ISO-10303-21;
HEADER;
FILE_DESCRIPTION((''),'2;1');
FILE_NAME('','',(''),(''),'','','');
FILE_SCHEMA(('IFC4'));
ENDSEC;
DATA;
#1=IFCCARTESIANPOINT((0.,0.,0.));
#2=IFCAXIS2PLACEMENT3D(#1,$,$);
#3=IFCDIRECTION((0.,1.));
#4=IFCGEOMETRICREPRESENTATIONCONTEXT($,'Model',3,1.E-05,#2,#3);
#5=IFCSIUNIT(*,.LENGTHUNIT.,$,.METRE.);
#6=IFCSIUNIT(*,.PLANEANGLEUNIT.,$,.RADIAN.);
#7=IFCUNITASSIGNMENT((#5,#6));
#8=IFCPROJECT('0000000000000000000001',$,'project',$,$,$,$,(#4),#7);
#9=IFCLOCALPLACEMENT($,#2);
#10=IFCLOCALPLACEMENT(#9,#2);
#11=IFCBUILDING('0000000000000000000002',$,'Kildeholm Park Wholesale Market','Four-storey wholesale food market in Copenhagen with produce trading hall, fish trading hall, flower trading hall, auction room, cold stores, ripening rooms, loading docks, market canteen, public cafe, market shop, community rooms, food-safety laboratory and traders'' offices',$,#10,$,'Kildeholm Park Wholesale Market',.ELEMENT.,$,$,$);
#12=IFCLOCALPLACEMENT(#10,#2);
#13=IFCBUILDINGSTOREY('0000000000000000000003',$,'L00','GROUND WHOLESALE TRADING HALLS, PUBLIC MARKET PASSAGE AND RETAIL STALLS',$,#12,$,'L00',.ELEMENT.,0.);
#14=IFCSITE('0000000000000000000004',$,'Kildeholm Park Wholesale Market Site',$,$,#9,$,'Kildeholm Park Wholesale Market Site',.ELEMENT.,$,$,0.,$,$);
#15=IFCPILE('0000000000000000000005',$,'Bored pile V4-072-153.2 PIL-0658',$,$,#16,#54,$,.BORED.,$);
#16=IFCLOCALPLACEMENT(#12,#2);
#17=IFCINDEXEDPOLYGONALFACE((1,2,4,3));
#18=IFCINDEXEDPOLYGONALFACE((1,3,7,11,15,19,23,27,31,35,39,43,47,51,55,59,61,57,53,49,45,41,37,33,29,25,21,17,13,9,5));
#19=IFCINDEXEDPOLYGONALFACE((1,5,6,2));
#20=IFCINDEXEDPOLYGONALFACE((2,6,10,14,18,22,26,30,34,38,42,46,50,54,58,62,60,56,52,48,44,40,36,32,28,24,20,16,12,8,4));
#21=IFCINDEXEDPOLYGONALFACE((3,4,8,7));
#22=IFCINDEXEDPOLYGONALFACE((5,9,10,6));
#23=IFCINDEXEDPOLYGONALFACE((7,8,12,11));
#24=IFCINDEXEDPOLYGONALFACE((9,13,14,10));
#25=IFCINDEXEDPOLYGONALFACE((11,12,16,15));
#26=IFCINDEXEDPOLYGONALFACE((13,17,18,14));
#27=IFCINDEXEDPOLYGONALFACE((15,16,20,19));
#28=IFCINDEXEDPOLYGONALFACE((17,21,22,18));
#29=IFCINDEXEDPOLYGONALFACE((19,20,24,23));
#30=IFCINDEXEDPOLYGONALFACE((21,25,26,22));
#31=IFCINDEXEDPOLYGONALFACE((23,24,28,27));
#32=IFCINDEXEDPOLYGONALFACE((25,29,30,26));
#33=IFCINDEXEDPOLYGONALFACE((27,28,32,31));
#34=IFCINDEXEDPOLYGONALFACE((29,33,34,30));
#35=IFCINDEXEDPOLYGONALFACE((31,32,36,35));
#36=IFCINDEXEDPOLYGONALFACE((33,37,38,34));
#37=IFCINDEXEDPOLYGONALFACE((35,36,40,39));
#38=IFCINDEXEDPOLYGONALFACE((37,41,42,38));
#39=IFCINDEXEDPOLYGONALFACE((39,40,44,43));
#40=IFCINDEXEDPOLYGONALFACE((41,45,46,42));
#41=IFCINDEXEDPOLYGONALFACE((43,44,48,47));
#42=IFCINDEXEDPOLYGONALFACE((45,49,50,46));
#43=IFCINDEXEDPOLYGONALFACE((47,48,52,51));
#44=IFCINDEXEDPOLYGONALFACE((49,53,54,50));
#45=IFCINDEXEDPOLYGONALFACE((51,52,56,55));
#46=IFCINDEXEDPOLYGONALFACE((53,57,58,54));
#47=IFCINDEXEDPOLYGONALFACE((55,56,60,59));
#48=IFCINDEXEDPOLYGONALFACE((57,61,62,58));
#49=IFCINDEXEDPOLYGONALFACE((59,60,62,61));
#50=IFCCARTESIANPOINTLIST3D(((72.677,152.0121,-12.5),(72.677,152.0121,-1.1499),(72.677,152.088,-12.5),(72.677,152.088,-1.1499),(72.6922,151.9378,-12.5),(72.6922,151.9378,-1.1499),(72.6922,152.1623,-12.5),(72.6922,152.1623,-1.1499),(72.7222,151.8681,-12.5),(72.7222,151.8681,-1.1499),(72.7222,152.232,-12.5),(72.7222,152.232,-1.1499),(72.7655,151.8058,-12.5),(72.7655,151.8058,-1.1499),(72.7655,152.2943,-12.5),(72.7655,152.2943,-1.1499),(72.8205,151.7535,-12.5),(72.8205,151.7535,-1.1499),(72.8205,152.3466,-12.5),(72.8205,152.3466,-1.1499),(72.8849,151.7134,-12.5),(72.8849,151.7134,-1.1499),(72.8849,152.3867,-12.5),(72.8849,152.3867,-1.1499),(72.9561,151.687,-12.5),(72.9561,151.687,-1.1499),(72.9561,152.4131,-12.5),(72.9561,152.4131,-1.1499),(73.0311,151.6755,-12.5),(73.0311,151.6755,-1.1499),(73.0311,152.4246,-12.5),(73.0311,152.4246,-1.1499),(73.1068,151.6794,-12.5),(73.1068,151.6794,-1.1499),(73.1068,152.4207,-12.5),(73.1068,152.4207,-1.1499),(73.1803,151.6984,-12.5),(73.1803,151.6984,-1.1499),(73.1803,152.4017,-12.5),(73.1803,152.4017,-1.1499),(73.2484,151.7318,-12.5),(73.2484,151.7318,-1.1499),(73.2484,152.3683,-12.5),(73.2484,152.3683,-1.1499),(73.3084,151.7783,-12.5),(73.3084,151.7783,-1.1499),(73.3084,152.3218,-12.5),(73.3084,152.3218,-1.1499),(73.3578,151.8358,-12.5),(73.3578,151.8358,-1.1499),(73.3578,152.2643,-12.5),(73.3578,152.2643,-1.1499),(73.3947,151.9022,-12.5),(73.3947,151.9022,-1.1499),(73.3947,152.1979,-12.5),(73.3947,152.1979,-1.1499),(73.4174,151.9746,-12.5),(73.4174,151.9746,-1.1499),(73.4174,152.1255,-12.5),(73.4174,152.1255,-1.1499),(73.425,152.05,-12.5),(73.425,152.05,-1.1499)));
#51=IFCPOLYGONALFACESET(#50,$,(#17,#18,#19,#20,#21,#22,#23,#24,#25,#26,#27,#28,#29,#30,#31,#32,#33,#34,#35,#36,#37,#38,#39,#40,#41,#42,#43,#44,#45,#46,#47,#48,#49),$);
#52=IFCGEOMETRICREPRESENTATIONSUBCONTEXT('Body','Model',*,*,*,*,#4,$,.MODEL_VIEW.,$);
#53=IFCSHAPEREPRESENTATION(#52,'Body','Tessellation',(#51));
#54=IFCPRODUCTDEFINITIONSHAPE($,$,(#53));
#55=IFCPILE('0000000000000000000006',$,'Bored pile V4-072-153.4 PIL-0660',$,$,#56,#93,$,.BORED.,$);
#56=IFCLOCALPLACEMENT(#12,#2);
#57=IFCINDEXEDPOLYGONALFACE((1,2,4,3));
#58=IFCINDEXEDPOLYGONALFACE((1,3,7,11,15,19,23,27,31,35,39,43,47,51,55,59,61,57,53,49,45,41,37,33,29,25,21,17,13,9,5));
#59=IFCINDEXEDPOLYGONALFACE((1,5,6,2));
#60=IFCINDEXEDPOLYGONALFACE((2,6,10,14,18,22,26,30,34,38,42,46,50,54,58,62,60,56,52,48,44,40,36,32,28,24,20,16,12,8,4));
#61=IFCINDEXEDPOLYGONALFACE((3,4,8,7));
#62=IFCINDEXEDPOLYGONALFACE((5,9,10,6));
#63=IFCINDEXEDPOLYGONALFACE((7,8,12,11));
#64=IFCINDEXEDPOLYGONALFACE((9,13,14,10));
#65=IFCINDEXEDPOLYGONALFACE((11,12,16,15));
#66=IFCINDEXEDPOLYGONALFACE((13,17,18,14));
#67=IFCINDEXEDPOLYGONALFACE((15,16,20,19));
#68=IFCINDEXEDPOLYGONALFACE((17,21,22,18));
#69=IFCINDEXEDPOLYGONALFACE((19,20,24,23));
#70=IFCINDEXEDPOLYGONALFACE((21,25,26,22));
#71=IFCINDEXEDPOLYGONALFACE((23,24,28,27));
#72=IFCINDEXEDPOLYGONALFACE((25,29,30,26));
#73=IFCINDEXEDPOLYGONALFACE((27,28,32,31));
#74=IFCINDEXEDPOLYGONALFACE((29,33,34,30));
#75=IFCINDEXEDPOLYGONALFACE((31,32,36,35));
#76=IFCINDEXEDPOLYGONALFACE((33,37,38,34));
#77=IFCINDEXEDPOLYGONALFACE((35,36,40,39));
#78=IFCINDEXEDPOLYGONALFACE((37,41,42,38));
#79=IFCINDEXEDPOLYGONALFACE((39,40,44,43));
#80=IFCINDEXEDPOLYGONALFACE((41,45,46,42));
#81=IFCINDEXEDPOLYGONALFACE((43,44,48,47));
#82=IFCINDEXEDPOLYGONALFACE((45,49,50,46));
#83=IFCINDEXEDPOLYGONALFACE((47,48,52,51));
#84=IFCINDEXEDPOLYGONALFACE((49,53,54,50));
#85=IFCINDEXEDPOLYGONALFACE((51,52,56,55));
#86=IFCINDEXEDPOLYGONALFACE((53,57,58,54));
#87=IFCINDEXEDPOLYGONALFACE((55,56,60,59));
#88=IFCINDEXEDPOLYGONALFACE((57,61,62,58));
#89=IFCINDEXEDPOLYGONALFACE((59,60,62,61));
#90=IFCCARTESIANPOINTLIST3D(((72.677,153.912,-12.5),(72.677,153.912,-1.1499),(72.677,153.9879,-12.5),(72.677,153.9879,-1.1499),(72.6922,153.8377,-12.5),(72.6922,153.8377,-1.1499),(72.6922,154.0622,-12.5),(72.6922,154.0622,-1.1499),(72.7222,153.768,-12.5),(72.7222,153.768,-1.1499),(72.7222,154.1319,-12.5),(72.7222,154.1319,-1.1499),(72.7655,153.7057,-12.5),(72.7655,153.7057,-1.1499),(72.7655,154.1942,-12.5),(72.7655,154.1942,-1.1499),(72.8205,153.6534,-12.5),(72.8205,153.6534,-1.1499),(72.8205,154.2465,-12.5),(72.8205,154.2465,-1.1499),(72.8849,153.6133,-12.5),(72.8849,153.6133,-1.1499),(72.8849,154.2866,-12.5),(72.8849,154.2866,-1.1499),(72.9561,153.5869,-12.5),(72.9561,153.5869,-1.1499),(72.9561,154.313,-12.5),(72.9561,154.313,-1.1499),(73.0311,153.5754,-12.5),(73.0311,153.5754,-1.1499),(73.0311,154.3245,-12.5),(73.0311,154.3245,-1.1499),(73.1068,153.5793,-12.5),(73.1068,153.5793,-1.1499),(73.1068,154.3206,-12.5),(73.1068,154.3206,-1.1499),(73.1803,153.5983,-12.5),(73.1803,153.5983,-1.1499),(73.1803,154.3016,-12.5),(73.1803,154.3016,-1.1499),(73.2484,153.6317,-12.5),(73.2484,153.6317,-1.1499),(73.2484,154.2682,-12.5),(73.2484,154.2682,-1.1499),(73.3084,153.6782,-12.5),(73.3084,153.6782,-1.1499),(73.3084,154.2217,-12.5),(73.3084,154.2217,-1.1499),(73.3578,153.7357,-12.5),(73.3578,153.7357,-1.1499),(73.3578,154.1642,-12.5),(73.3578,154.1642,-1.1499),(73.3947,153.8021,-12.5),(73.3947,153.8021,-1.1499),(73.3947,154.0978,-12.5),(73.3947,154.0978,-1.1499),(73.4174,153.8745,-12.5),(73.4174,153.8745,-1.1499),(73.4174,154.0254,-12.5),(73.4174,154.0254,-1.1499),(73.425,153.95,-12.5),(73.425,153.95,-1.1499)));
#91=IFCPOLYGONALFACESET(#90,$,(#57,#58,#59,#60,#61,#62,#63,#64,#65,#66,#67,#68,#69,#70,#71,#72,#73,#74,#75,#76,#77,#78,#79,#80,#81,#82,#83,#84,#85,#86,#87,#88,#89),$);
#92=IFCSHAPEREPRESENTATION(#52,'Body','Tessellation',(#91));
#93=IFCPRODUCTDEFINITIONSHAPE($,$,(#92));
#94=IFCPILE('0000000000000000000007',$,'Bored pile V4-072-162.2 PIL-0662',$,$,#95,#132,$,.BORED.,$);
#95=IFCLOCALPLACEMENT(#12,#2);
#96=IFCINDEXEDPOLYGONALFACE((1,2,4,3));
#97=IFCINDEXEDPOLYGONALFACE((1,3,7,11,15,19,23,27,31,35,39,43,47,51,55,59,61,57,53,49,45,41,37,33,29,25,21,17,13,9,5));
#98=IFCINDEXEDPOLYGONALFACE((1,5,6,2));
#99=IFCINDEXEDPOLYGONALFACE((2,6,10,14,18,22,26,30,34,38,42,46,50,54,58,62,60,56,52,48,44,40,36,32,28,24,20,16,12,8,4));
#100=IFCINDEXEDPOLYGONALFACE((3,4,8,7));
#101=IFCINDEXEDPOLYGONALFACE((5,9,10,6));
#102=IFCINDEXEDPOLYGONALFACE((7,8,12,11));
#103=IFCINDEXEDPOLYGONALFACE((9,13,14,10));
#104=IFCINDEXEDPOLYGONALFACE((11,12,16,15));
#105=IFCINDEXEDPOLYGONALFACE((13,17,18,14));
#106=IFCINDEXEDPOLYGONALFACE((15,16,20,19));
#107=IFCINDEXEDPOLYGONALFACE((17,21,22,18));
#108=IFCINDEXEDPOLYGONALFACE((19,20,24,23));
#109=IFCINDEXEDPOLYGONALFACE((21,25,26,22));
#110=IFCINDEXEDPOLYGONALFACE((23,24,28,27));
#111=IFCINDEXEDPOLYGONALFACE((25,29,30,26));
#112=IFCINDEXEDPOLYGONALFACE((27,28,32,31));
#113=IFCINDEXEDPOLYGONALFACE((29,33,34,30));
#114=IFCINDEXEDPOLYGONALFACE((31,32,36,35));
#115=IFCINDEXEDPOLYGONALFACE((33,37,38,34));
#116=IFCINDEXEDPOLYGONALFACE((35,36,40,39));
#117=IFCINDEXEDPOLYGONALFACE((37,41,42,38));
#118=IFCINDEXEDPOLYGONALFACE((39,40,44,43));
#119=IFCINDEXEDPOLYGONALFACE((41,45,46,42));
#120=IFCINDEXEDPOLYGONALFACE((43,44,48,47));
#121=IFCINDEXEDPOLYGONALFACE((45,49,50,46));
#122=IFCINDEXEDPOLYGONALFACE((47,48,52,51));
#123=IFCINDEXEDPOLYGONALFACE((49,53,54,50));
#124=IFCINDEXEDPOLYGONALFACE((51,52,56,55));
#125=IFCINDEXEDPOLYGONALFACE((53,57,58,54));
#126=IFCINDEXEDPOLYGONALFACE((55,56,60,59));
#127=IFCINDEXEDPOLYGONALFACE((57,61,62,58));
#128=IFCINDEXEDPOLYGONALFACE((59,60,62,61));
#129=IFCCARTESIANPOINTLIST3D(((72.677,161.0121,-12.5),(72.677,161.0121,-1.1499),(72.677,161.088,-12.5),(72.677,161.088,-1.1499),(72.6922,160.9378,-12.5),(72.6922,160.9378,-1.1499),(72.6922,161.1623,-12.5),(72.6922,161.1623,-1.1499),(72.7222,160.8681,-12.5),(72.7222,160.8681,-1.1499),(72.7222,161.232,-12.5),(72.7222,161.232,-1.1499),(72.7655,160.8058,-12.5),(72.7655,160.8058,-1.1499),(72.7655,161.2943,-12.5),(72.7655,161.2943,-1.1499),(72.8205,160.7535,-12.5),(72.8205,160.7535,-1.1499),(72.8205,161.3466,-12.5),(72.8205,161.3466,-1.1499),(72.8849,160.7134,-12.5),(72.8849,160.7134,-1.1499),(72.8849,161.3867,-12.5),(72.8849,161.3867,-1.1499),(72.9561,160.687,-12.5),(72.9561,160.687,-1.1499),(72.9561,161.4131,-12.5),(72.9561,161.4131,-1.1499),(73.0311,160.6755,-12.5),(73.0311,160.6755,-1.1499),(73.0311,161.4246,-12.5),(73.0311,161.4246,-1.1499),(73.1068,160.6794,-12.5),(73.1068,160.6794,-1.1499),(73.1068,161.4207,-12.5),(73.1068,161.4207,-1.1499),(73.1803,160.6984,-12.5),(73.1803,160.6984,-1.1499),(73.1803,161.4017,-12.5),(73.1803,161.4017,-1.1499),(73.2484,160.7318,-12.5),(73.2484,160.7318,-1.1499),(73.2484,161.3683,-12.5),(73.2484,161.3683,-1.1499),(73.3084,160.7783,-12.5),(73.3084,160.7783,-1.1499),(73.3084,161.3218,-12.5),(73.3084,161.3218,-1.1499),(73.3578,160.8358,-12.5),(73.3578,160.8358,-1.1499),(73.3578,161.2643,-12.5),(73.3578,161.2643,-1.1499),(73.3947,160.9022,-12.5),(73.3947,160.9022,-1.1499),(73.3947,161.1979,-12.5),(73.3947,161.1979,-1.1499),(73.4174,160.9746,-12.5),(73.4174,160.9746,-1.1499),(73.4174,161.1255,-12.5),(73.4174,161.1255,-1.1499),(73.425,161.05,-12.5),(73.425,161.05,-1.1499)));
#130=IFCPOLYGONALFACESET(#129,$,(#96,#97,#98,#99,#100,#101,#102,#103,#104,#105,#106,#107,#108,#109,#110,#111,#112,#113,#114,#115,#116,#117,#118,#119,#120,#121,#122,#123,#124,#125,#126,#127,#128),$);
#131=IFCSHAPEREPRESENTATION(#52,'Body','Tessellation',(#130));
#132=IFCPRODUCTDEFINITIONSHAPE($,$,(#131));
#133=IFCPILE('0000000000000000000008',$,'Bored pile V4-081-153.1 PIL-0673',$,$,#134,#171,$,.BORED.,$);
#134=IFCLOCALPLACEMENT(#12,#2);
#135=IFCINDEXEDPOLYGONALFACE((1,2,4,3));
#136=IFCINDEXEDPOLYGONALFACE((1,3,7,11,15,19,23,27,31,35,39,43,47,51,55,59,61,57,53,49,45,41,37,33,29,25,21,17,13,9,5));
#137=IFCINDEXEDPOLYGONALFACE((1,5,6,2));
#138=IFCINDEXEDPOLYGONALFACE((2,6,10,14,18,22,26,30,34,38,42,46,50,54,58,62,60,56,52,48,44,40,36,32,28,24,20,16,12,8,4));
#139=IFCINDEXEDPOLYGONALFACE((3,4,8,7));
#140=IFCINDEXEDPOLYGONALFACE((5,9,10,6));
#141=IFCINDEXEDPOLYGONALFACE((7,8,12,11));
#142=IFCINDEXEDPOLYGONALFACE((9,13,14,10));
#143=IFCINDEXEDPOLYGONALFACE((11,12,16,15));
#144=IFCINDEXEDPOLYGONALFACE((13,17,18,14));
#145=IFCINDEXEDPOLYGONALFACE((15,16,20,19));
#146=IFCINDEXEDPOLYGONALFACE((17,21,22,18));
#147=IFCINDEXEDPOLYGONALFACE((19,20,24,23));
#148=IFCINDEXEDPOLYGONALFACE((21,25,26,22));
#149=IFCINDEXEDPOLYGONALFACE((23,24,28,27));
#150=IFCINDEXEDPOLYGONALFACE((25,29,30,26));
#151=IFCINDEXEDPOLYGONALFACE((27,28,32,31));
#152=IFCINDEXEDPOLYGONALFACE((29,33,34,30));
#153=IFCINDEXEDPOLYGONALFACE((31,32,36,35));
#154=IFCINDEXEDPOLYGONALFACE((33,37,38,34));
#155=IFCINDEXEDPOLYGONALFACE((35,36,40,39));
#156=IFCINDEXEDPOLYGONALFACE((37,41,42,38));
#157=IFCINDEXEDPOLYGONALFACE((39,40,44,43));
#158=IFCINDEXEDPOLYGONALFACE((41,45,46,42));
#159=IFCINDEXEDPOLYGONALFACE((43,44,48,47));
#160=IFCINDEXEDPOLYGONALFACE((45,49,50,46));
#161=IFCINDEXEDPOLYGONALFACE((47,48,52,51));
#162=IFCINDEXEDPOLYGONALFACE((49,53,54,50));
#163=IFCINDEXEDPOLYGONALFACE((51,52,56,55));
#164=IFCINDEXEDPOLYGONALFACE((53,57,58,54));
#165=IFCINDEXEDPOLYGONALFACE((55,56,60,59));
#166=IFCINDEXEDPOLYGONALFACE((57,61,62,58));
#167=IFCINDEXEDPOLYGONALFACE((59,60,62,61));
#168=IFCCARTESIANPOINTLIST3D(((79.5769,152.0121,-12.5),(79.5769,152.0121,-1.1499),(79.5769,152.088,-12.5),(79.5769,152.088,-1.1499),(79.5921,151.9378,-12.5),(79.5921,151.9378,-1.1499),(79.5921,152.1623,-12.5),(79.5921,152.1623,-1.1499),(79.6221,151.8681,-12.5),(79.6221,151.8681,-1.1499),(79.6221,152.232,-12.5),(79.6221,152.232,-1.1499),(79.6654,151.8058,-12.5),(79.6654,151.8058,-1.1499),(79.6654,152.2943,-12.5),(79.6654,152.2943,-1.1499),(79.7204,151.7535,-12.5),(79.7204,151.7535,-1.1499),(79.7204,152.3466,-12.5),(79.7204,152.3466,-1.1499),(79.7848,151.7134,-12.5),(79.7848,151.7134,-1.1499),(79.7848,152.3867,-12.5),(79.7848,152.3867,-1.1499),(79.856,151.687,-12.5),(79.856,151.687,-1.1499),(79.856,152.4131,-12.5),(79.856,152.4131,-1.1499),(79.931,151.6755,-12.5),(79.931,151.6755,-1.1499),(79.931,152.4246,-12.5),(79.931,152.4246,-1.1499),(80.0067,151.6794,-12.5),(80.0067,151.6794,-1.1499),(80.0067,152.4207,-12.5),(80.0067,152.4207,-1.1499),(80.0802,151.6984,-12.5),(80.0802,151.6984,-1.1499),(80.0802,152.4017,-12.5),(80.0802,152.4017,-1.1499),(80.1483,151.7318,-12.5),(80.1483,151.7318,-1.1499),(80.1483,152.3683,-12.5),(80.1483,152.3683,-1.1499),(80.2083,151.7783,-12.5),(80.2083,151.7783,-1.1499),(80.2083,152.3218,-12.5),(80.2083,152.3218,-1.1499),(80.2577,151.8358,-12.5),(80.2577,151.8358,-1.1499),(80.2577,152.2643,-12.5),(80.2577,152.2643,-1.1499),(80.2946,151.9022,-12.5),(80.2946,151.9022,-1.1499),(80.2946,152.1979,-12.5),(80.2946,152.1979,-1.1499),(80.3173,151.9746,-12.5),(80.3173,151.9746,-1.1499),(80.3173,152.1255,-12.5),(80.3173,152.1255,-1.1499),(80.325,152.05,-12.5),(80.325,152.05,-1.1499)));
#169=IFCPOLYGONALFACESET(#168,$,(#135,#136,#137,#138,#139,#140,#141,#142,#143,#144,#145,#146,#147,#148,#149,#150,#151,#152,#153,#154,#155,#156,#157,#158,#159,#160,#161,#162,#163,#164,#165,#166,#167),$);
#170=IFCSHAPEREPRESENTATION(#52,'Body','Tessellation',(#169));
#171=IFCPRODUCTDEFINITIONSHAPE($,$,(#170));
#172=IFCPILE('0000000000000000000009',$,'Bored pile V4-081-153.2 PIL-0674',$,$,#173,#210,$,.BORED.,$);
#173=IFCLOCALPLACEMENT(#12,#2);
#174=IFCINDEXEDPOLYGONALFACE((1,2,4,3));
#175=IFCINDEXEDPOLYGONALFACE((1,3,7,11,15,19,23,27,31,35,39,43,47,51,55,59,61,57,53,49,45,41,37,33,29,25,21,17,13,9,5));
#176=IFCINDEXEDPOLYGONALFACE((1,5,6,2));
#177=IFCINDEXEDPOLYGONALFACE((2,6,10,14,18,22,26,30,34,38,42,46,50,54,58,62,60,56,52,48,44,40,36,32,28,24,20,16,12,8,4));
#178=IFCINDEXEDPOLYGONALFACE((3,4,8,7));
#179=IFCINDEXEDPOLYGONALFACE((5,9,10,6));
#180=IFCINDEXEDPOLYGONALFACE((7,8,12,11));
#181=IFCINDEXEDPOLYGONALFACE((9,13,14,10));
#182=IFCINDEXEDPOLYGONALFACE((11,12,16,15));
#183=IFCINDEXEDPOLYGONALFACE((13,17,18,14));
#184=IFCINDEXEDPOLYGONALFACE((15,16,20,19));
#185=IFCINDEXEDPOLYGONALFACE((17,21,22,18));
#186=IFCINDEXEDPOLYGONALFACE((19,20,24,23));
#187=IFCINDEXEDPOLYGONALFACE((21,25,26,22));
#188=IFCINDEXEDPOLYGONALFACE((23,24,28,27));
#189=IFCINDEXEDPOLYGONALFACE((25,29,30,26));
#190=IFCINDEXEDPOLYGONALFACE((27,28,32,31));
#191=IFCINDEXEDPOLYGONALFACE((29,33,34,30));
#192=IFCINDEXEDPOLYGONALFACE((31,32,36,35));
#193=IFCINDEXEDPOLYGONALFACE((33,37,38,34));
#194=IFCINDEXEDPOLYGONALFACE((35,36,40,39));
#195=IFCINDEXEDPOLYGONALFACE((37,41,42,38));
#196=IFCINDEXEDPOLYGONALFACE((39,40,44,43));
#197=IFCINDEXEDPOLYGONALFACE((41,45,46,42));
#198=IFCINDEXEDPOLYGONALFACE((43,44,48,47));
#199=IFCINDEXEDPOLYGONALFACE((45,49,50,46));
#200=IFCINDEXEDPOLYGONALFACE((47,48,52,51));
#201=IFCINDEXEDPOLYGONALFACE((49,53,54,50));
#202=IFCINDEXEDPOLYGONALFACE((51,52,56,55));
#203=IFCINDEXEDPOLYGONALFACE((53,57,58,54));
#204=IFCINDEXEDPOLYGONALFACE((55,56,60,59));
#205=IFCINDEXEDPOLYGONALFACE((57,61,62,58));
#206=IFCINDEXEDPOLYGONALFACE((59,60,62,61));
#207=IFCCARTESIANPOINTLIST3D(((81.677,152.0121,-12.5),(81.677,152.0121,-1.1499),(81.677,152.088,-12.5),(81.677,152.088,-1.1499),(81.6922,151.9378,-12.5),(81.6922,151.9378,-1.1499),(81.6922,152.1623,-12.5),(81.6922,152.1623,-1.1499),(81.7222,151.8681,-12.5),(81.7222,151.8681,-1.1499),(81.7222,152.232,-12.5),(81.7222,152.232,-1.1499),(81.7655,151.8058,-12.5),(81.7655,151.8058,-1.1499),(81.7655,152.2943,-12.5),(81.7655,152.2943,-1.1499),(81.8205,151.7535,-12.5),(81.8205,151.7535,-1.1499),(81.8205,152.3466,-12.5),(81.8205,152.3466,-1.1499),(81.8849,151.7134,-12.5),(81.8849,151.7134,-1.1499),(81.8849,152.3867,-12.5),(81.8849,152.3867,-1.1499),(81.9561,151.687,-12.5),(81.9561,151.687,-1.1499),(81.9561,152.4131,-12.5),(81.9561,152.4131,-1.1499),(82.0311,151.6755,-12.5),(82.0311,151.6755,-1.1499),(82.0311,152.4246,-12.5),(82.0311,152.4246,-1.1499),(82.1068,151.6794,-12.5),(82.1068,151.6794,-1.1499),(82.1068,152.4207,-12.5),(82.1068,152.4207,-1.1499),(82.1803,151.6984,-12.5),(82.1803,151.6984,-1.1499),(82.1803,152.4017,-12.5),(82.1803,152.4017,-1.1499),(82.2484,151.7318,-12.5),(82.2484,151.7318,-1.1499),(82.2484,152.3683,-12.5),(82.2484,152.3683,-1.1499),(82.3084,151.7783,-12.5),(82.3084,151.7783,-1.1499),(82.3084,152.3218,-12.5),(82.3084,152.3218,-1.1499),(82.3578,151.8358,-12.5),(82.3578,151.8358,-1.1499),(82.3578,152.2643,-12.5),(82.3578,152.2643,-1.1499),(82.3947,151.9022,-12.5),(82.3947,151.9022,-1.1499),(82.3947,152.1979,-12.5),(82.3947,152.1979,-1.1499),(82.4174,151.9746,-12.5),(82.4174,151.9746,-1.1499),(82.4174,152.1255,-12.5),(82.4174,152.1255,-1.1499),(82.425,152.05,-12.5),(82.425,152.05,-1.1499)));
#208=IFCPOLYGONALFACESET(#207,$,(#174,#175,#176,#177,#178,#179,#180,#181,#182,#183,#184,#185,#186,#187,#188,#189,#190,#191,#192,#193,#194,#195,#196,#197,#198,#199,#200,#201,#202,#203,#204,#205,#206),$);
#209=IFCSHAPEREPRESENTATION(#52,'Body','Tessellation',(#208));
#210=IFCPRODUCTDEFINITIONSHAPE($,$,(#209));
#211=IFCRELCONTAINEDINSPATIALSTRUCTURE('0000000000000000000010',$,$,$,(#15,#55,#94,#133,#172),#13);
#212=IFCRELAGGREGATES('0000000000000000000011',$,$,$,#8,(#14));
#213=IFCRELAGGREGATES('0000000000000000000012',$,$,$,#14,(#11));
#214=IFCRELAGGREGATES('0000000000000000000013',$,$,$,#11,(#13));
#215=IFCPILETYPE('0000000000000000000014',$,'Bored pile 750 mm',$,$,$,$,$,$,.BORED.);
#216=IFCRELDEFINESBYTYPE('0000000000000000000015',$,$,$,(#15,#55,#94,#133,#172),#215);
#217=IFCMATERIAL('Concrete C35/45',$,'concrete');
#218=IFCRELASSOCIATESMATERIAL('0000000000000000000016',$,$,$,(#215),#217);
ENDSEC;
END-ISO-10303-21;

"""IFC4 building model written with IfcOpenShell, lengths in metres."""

from ifc_helpers import new_model, si_unit, direction, frame, origin, origin_2d, place, context, subcontext, project, spatial, circle, extrude, material, material_profile, profile_set, type_object, element, save


model = new_model("IFC4")

# Units and contexts
model_context = context("Model", 3, precision=1e-05, world=origin(), true_north=direction((0.0, 1.0)))
body_context = subcontext(model_context, "Body", "Model", "MODEL_VIEW")
ifc_project = project(units=[si_unit("LENGTHUNIT", "METRE"), si_unit("PLANEANGLEUNIT", "RADIAN")], contexts=[model_context])

# Site, building, storey
site_placement = place(None, origin())
site = spatial("IfcSite", under=ifc_project, at=site_placement, Name="Kildeholm Park Wholesale Market Site", LongName="Kildeholm Park Wholesale Market Site", CompositionType="ELEMENT", RefElevation=0.0)
building_placement = place(site_placement, origin())
building = spatial("IfcBuilding", under=site, at=building_placement, Name="Kildeholm Park Wholesale Market", Description="Four-storey wholesale food market in Copenhagen with produce trading hall, fish trading hall, flower trading hall, auction room, cold stores, ripening rooms, loading docks, market canteen, public cafe, market shop, community rooms, food-safety laboratory and traders' offices", LongName="Kildeholm Park Wholesale Market", CompositionType="ELEMENT")
storey_placement = place(building_placement, origin())
storey = spatial("IfcBuildingStorey", under=building, at=storey_placement, Name="L00", Description="GROUND WHOLESALE TRADING HALLS, PUBLIC MARKET PASSAGE AND RETAIL STALLS", LongName="L00", CompositionType="ELEMENT", Elevation=0.0)

# Piles
ifc_material_1 = material(Name="Concrete C35/45", Category="concrete")
ifc_material_profile_1 = material_profile(ifc_material_1, circle(Radius=0.375, at=origin_2d()), Name="PILE D750")
ifc_profile_set_1 = profile_set([ifc_material_profile_1], Name="Concrete C35/45")
pile_type = type_object("IfcPileType", Name="Bored pile 750 mm", PredefinedType="BORED", material=ifc_profile_set_1)
for number, where, z_axis, x_axis, name in (
    (1, (73.05, 152.05, -1.1499), (0.0, 0.0, -1.0), (1.0, 0.0, 0.0), "Bored pile V4-072-153.2 PIL-0658"),
    (2, (73.05, 153.95, -1.1499), (0.0, 0.0, -1.0), (1.0, 0.0, 0.0), "Bored pile V4-072-153.4 PIL-0660"),
    (3, (73.05, 161.05, -1.1499), (0.0, 0.0, -1.0), (1.0, 0.0, 0.0), "Bored pile V4-072-162.2 PIL-0662"),
    (4, (79.95, 152.05, -1.1499), (0.0, 0.0, -1.0), (1.0, 0.0, 0.0), "Bored pile V4-081-153.1 PIL-0673"),
    (5, (82.05, 152.05, -1.1499), (0.0, 0.0, -1.0), (1.0, 0.0, 0.0), "Bored pile V4-081-153.2 PIL-0674"),
):
    element("IfcPile", number, at=place(storey_placement, frame(where, z_axis=z_axis, x_axis=x_axis)), inside=storey, type_object=pile_type, Name=name, PredefinedType="BORED", context=body_context, shape_type="SweptSolid", body=[
        extrude(circle(Radius=0.375, at=origin_2d()), origin(), (0.0, 0.0, 1.0), 11.3501),
    ])

save(model, "model.ifc")
